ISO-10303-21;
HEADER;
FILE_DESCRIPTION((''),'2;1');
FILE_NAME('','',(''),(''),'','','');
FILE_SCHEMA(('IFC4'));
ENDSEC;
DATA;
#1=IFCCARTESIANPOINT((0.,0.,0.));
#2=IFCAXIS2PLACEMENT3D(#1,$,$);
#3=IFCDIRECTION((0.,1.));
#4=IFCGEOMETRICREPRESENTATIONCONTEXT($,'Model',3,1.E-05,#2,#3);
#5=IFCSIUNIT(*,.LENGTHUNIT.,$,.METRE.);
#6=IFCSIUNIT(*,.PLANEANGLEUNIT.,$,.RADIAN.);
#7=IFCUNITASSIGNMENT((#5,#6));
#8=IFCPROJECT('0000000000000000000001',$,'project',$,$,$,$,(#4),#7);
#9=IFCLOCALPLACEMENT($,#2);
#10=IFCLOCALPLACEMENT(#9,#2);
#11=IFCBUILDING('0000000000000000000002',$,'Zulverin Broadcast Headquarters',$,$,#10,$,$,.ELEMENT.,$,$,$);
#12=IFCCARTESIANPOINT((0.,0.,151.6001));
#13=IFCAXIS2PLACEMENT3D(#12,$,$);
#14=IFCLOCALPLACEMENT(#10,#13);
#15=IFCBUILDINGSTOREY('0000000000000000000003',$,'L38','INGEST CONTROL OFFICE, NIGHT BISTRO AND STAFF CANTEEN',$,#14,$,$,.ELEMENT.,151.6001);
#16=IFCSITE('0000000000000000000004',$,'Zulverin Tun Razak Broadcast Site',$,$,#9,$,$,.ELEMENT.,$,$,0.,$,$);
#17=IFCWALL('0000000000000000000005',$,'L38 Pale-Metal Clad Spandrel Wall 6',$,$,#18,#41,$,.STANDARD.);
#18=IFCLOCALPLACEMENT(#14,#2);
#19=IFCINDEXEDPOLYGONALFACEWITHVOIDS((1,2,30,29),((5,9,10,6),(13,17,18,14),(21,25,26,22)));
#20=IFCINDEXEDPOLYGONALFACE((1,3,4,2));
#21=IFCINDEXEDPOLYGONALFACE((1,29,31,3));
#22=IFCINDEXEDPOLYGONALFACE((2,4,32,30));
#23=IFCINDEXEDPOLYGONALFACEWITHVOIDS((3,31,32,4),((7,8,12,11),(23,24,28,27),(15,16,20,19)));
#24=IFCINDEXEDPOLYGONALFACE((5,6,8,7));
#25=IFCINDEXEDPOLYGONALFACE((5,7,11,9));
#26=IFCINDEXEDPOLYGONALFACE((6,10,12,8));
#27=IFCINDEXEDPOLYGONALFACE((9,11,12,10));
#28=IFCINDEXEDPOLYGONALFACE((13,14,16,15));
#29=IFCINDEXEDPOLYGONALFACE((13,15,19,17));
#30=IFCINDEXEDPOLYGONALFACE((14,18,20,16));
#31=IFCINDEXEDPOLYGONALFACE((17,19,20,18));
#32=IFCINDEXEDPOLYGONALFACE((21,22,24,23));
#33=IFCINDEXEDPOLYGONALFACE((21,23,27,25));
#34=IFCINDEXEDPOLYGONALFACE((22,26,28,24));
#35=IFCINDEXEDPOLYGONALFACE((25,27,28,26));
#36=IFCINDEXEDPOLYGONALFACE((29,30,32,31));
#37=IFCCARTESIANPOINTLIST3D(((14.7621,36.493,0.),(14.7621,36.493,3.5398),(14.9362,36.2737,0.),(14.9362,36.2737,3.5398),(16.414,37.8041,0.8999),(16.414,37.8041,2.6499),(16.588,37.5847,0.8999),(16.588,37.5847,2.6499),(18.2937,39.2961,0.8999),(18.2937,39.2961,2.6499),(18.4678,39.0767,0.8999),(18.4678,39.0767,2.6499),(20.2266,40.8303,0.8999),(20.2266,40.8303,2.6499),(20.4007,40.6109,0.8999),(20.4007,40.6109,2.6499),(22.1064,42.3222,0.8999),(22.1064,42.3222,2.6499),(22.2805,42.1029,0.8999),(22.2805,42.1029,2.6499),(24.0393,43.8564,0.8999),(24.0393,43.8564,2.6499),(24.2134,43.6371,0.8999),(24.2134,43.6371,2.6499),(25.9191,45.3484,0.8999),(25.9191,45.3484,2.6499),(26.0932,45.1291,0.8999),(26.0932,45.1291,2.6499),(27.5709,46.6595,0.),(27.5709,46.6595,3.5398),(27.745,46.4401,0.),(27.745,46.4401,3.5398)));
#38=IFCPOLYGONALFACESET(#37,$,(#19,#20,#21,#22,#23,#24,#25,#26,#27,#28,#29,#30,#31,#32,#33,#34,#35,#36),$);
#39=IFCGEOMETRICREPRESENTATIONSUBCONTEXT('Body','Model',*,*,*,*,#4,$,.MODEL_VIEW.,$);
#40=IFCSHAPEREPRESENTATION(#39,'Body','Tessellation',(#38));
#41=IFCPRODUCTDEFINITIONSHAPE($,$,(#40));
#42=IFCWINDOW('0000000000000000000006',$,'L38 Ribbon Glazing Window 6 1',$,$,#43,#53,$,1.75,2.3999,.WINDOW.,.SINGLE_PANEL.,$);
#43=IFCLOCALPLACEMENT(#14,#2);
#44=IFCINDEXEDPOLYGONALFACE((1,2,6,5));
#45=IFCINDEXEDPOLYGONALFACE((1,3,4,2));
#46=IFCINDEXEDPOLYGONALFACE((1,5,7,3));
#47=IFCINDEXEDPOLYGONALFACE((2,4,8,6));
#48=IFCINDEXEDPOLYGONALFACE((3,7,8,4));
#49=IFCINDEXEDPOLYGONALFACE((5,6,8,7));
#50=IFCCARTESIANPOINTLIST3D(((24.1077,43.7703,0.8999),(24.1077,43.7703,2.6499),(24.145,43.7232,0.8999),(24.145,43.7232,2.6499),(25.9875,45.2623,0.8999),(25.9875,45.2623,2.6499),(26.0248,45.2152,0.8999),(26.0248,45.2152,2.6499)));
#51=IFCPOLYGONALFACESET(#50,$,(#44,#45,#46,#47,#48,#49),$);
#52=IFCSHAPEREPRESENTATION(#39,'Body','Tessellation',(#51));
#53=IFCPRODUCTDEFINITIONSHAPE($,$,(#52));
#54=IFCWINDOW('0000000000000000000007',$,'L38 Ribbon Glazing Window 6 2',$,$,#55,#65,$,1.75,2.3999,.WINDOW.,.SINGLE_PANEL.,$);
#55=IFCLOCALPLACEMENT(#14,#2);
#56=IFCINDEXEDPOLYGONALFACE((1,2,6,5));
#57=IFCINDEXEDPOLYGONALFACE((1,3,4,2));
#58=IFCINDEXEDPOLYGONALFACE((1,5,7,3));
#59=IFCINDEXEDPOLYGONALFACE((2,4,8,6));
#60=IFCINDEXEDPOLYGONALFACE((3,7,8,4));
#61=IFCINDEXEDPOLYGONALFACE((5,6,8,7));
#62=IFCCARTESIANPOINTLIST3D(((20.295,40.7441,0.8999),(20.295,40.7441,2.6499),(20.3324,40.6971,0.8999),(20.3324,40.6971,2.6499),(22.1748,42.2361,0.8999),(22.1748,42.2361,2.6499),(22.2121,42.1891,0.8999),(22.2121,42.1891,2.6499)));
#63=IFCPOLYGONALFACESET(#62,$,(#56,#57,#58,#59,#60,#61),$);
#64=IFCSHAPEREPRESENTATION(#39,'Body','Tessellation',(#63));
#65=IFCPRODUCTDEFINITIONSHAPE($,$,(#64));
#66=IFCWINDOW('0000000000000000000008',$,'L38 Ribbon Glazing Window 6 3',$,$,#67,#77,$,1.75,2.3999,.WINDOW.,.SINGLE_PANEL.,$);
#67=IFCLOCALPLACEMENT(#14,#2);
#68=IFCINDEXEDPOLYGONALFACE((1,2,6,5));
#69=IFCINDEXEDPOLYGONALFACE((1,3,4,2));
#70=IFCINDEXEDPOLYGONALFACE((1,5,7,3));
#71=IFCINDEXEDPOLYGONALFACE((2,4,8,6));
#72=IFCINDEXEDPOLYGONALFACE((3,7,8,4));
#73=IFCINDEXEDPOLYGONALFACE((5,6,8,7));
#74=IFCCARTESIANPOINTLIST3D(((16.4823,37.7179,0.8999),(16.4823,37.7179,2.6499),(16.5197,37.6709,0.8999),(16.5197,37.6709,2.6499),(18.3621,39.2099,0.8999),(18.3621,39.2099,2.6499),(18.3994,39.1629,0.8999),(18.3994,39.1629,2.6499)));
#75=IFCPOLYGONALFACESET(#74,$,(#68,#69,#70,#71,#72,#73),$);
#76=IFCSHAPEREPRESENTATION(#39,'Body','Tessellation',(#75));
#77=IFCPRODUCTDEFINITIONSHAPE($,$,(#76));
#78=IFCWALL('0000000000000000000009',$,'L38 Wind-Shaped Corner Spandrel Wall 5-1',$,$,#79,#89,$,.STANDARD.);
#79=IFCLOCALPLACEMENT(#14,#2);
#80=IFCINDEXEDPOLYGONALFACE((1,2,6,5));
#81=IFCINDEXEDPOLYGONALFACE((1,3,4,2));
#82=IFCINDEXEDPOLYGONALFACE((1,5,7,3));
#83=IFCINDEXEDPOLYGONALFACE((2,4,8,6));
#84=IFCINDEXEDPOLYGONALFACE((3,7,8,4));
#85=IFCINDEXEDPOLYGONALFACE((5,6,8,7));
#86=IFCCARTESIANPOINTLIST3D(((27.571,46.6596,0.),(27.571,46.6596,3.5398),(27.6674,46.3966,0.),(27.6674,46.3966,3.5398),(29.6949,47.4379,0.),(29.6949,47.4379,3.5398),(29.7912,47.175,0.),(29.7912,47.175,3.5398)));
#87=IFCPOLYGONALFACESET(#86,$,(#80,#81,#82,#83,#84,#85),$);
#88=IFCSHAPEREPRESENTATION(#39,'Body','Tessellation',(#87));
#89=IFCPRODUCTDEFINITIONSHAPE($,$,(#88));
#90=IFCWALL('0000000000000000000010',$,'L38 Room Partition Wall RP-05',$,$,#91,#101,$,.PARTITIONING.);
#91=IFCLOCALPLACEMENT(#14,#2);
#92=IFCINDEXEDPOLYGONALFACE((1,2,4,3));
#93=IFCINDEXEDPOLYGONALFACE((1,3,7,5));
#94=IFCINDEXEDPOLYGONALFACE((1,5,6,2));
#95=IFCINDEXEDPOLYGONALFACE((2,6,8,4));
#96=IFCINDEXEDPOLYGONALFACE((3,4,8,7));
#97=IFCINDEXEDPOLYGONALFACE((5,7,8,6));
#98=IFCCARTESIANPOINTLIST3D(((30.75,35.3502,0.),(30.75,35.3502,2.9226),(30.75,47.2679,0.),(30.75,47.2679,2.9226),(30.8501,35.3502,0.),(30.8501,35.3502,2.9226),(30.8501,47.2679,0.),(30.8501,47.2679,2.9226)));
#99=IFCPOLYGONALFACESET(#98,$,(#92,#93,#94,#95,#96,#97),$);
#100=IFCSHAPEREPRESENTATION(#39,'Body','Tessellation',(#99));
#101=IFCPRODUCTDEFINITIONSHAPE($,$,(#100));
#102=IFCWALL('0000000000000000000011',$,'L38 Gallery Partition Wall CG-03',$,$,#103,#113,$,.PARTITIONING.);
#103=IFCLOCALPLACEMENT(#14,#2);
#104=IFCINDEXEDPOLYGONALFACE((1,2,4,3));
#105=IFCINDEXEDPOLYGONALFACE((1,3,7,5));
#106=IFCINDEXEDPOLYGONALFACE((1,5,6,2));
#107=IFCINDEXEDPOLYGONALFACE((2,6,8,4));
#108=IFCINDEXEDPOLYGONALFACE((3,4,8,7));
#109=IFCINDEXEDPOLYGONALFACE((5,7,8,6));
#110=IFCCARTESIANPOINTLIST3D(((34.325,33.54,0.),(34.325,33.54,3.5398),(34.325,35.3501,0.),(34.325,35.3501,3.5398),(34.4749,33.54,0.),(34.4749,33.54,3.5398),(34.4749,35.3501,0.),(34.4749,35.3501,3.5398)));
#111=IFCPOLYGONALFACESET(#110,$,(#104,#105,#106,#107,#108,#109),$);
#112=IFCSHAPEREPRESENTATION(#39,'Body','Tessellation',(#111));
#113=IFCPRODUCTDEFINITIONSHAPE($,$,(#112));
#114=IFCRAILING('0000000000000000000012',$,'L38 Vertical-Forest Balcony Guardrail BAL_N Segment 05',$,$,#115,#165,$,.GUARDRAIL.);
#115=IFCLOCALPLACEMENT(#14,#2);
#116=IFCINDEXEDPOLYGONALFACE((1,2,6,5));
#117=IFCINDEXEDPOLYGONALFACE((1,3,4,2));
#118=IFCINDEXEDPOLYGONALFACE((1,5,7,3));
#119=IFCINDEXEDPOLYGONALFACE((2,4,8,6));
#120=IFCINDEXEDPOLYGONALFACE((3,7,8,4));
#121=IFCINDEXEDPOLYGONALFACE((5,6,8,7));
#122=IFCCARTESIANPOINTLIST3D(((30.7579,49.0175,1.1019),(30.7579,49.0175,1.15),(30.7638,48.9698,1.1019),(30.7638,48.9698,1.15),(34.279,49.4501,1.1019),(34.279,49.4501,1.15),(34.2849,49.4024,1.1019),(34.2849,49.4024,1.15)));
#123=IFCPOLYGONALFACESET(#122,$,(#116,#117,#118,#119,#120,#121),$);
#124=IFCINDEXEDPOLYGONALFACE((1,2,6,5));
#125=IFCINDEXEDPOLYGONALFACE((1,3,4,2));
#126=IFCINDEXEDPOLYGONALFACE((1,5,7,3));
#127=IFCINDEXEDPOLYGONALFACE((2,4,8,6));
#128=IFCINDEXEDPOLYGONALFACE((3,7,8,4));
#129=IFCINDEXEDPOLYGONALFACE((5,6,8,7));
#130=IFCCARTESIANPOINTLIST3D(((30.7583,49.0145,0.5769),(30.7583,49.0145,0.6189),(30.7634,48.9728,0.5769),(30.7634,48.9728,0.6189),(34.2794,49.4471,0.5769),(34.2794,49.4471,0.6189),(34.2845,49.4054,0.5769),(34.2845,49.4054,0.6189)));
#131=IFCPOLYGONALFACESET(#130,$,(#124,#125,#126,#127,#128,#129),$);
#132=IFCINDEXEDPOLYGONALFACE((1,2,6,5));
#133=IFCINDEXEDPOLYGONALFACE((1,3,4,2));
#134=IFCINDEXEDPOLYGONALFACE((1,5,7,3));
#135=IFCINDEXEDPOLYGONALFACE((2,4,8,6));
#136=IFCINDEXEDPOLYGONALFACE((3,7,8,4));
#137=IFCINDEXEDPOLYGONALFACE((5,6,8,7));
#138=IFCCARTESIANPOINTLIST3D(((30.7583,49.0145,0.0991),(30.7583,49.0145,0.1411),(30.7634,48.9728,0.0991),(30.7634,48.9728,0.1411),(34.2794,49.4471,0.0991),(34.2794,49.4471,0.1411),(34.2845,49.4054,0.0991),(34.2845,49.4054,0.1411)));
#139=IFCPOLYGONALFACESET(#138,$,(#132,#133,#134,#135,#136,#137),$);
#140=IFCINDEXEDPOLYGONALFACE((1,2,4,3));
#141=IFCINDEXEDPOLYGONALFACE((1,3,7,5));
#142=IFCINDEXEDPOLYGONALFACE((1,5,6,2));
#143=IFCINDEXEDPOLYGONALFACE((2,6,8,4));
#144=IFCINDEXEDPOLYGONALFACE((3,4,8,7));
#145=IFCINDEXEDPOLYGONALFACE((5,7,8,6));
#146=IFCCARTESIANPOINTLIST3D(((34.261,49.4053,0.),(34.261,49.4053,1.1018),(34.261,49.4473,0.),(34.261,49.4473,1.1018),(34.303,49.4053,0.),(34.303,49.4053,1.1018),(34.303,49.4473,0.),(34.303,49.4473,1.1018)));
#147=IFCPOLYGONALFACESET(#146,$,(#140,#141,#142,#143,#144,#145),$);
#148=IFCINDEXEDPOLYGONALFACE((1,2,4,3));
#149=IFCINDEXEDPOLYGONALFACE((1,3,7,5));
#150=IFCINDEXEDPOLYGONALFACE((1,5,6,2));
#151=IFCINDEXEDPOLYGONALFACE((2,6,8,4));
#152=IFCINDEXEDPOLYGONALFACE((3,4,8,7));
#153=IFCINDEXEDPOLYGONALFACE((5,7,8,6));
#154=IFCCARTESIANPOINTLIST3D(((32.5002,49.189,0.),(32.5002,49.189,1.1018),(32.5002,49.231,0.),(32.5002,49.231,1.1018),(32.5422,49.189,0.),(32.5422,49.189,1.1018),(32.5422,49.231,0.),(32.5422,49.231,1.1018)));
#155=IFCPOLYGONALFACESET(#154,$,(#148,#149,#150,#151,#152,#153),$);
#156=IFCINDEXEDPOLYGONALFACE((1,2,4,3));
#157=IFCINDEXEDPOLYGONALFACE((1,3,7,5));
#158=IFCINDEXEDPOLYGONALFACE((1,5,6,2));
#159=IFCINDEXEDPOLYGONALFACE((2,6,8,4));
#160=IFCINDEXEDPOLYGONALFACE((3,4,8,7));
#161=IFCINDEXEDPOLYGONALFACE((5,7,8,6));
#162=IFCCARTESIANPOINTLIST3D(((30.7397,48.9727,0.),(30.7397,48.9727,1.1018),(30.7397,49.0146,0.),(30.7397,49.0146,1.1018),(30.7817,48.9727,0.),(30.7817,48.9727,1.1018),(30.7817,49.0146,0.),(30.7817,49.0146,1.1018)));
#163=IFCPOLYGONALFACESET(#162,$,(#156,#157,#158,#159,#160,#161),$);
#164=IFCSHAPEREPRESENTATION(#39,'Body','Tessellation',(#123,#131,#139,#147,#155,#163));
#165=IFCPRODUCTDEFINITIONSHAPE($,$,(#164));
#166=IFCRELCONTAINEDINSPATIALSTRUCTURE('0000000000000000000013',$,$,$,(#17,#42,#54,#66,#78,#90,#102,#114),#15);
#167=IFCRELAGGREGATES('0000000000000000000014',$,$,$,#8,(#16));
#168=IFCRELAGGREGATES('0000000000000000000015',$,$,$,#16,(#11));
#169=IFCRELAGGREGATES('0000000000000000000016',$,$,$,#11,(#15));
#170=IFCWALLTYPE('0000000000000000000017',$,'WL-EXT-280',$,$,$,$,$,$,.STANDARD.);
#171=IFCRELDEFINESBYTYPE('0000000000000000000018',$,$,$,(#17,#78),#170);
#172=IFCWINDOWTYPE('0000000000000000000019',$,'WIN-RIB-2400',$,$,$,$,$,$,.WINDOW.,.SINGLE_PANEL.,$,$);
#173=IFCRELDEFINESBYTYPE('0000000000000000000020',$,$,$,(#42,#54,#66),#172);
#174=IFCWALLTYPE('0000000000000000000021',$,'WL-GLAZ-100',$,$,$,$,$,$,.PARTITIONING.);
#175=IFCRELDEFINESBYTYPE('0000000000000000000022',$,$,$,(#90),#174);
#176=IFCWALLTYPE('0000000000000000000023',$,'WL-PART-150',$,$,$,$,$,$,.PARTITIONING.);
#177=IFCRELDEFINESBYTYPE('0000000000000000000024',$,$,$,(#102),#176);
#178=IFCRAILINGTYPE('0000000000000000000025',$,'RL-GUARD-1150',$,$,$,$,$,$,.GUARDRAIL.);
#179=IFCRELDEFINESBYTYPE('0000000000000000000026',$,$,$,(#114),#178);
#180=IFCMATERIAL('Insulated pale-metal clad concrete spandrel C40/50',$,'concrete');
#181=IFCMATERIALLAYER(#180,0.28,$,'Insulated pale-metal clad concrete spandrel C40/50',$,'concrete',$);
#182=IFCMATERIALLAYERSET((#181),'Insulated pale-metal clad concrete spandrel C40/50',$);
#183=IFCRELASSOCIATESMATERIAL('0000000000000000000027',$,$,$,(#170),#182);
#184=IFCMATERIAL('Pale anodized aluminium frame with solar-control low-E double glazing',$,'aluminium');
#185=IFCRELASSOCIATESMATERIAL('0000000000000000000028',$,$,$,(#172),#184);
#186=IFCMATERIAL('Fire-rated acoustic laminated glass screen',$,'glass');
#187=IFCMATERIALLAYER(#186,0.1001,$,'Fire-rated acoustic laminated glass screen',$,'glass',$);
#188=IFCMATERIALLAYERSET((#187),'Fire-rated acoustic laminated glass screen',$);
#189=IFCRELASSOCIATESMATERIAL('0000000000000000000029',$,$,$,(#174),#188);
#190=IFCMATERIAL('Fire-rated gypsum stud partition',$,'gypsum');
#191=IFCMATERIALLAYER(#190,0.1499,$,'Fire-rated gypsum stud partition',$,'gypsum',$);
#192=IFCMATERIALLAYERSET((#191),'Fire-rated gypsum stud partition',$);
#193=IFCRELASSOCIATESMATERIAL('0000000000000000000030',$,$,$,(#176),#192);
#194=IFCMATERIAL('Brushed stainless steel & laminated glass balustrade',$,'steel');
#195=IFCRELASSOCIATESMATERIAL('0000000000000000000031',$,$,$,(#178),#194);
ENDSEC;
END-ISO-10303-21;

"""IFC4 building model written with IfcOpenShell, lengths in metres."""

from ifc_helpers import new_model, si_unit, direction, frame, frame_2d, origin, origin_2d, place, context, subcontext, project, spatial, rectangle, extrude, material, layer, layer_set, type_object, element, fill, save


model = new_model("IFC4")

# Units and contexts
model_context = context("Model", 3, precision=1e-05, world=origin(), true_north=direction((0.0, 1.0)))
body_context = subcontext(model_context, "Body", "Model", "MODEL_VIEW")
ifc_project = project(units=[si_unit("LENGTHUNIT", "METRE"), si_unit("PLANEANGLEUNIT", "RADIAN")], contexts=[model_context])

# Site, building, storey
site_placement = place(None, origin())
site = spatial("IfcSite", under=ifc_project, at=site_placement, Name="Zulverin Tun Razak Broadcast Site", CompositionType="ELEMENT", RefElevation=0.0)
building_placement = place(site_placement, origin())
building = spatial("IfcBuilding", under=site, at=building_placement, Name="Zulverin Broadcast Headquarters", CompositionType="ELEMENT")
storey_placement = place(building_placement, frame((0.0, 0.0, 151.6001)))
storey = spatial("IfcBuildingStorey", under=building, at=storey_placement, Name="L38", Description="INGEST CONTROL OFFICE, NIGHT BISTRO AND STAFF CANTEEN", CompositionType="ELEMENT", Elevation=151.6001)

# Wall, openings, windows
ifc_material_1 = material(Name="Insulated pale-metal clad concrete spandrel C40/50", Category="concrete")
ifc_layer_1 = layer(ifc_material_1, 0.28, Name="Insulated pale-metal clad concrete spandrel C40/50", Category="concrete")
ifc_layer_set_1 = layer_set([ifc_layer_1], Name="Insulated pale-metal clad concrete spandrel C40/50")
wall_type_1 = type_object("IfcWallType", Name="WL-EXT-280", PredefinedType="STANDARD", material=ifc_layer_set_1)
wall_1_placement = place(storey_placement, frame((27.658, 46.5498, 0.0), z_axis=(0.0, 0.0, 1.0), x_axis=(-0.783266, -0.621686, 0.0)))
wall_1 = element("IfcWall", 1, at=wall_1_placement, inside=storey, type_object=wall_type_1, Name="L38 Pale-Metal Clad Spandrel Wall 6", PredefinedType="STANDARD", context=body_context, shape_type="SweptSolid", body=[
    extrude(rectangle(XDim=16.353, YDim=0.28, at=frame_2d((8.1765, 0.0))), origin(), (0.0, 0.0, 1.0), 3.5398),
])
opening_1_placement = place(wall_1_placement, frame((2.1089, 0.0, 0.8999)))
opening_1 = element("IfcOpeningElement", 2, at=opening_1_placement, cuts=wall_1, PredefinedType="OPENING", context=body_context, shape_type="SweptSolid", body=[
    extrude(rectangle(XDim=2.3999, YDim=1.75, at=frame_2d((1.2, 0.875))), frame((0.0, 0.1499, 0.0), z_axis=(0.0, -1.0, 0.0), x_axis=(1.0, 0.0, 0.0)), (0.0, 0.0, 1.0), 0.3),
])
opening_2_placement = place(wall_1_placement, frame((6.9766, 0.0, 0.8999)))
opening_2 = element("IfcOpeningElement", 3, at=opening_2_placement, cuts=wall_1, PredefinedType="OPENING", context=body_context, shape_type="SweptSolid", body=[
    extrude(rectangle(XDim=2.3999, YDim=1.75, at=frame_2d((1.2, 0.875))), frame((0.0, 0.1499, 0.0), z_axis=(0.0, -1.0, 0.0), x_axis=(1.0, 0.0, 0.0)), (0.0, 0.0, 1.0), 0.3),
])
opening_3_placement = place(wall_1_placement, frame((11.8442, 0.0, 0.8999)))
opening_3 = element("IfcOpeningElement", 4, at=opening_3_placement, cuts=wall_1, PredefinedType="OPENING", context=body_context, shape_type="SweptSolid", body=[
    extrude(rectangle(XDim=2.3999, YDim=1.75, at=frame_2d((1.2, 0.875))), frame((0.0, 0.1499, 0.0), z_axis=(0.0, -1.0, 0.0), x_axis=(1.0, 0.0, 0.0)), (0.0, 0.0, 1.0), 0.3),
])
ifc_material_2 = material(Name="Pale anodized aluminium frame with solar-control low-E double glazing", Category="aluminium")
window_type = type_object("IfcWindowType", Name="WIN-RIB-2400", PartitioningType="SINGLE_PANEL", PredefinedType="WINDOW", material=ifc_material_2)
window_1_placement = place(opening_1_placement, origin())
window_1 = element("IfcWindow", 5, at=window_1_placement, inside=storey, type_object=window_type, Name="L38 Ribbon Glazing Window 6 1", OverallHeight=1.75, OverallWidth=2.3999, PartitioningType="SINGLE_PANEL", PredefinedType="WINDOW", context=body_context, shape_type="SweptSolid", body=[
    extrude(rectangle(XDim=2.3999, YDim=1.75, at=frame_2d((1.2, 0.875))), frame((0.0, 0.03, 0.0), z_axis=(0.0, -1.0, 0.0), x_axis=(1.0, 0.0, 0.0)), (0.0, 0.0, 1.0), 0.0601),
])
fill(opening_1, window_1)
window_2_placement = place(opening_2_placement, origin())
window_2 = element("IfcWindow", 6, at=window_2_placement, inside=storey, type_object=window_type, Name="L38 Ribbon Glazing Window 6 2", OverallHeight=1.75, OverallWidth=2.3999, PartitioningType="SINGLE_PANEL", PredefinedType="WINDOW", context=body_context, shape_type="SweptSolid", body=[
    extrude(rectangle(XDim=2.3999, YDim=1.75, at=frame_2d((1.2, 0.875))), frame((0.0, 0.03, 0.0), z_axis=(0.0, -1.0, 0.0), x_axis=(1.0, 0.0, 0.0)), (0.0, 0.0, 1.0), 0.0601),
])
fill(opening_2, window_2)
window_3_placement = place(opening_3_placement, origin())
window_3 = element("IfcWindow", 7, at=window_3_placement, inside=storey, type_object=window_type, Name="L38 Ribbon Glazing Window 6 3", OverallHeight=1.75, OverallWidth=2.3999, PartitioningType="SINGLE_PANEL", PredefinedType="WINDOW", context=body_context, shape_type="SweptSolid", body=[
    extrude(rectangle(XDim=2.3999, YDim=1.75, at=frame_2d((1.2, 0.875))), frame((0.0, 0.03, 0.0), z_axis=(0.0, -1.0, 0.0), x_axis=(1.0, 0.0, 0.0)), (0.0, 0.0, 1.0), 0.0601),
])
fill(opening_3, window_3)

# Walls
wall_2_placement = place(storey_placement, frame((29.7429, 47.3064, 0.0), z_axis=(0.0, 0.0, 1.0), x_axis=(-0.938933, -0.344099, 0.0)))
element("IfcWall", 8, at=wall_2_placement, inside=storey, type_object=wall_type_1, Name="L38 Wind-Shaped Corner Spandrel Wall 5-1", PredefinedType="STANDARD", context=body_context, shape_type="SweptSolid", body=[
    extrude(rectangle(XDim=2.262, YDim=0.28, at=frame_2d((1.1309, 0.0))), origin(), (0.0, 0.0, 1.0), 3.5398),
])
ifc_material_3 = material(Name="Fire-rated acoustic laminated glass screen", Category="glass")
ifc_layer_2 = layer(ifc_material_3, 0.1001, Name="Fire-rated acoustic laminated glass screen", Category="glass")
ifc_layer_set_2 = layer_set([ifc_layer_2], Name="Fire-rated acoustic laminated glass screen")
wall_type_2 = type_object("IfcWallType", Name="WL-GLAZ-100", PredefinedType="PARTITIONING", material=ifc_layer_set_2)
wall_3_placement = place(storey_placement, frame((30.8, 35.3501, 0.0), z_axis=(0.0, 0.0, 1.0), x_axis=(0.0, 1.0, 0.0)))
element("IfcWall", 9, at=wall_3_placement, inside=storey, type_object=wall_type_2, Name="L38 Room Partition Wall RP-05", PredefinedType="PARTITIONING", context=body_context, shape_type="SweptSolid", body=[
    extrude(rectangle(XDim=11.9177, YDim=0.1001, at=frame_2d((5.959, 0.0))), origin(), (0.0, 0.0, 1.0), 2.9226),
])
ifc_material_4 = material(Name="Fire-rated gypsum stud partition", Category="gypsum")
ifc_layer_3 = layer(ifc_material_4, 0.1499, Name="Fire-rated gypsum stud partition", Category="gypsum")
ifc_layer_set_3 = layer_set([ifc_layer_3], Name="Fire-rated gypsum stud partition")
wall_type_3 = type_object("IfcWallType", Name="WL-PART-150", PredefinedType="PARTITIONING", material=ifc_layer_set_3)
wall_4_placement = place(storey_placement, frame((34.3999, 33.54, 0.0), z_axis=(0.0, 0.0, 1.0), x_axis=(0.0, 1.0, 0.0)))
element("IfcWall", 10, at=wall_4_placement, inside=storey, type_object=wall_type_3, Name="L38 Gallery Partition Wall CG-03", PredefinedType="PARTITIONING", context=body_context, shape_type="SweptSolid", body=[
    extrude(rectangle(XDim=1.8101, YDim=0.1499, at=frame_2d((0.905, 0.0))), origin(), (0.0, 0.0, 1.0), 3.5398),
])

# Railing
ifc_material_5 = material(Name="Brushed stainless steel & laminated glass balustrade", Category="steel")
railing_type = type_object("IfcRailingType", Name="RL-GUARD-1150", PredefinedType="GUARDRAIL", material=ifc_material_5)
railing_1_placement = place(storey_placement, frame((34.282, 49.4263, 0.0)))
element("IfcRailing", 11, at=railing_1_placement, inside=storey, type_object=railing_type, Name="L38 Vertical-Forest Balcony Guardrail BAL_N Segment 05", PredefinedType="GUARDRAIL", context=body_context, shape_type="SweptSolid", body=[
    extrude(rectangle(XDim=0.0481, YDim=0.0481, at=origin_2d()), frame((0.0, 0.0, 1.126), z_axis=(-0.992537, -0.121942, 0.0), x_axis=(0.121942, -0.992537, 0.0)), (0.0, 0.0, 1.0), 3.5476),
    extrude(rectangle(XDim=0.042, YDim=0.042, at=origin_2d()), frame((0.0, 0.0, 0.5979), z_axis=(-0.992537, -0.121942, 0.0), x_axis=(0.121942, -0.992537, 0.0)), (0.0, 0.0, 1.0), 3.5476),
    extrude(rectangle(XDim=0.042, YDim=0.042, at=origin_2d()), frame((0.0, 0.0, 0.1201), z_axis=(-0.992537, -0.121942, 0.0), x_axis=(0.121942, -0.992537, 0.0)), (0.0, 0.0, 1.0), 3.5476),
    extrude(rectangle(XDim=0.042, YDim=0.042, at=origin_2d()), origin(), (0.0, 0.0, 1.0), 1.1018),
    extrude(rectangle(XDim=0.042, YDim=0.042, at=origin_2d()), frame((-1.7607, -0.2163, 0.0)), (0.0, 0.0, 1.0), 1.1018),
    extrude(rectangle(XDim=0.042, YDim=0.042, at=origin_2d()), frame((-3.5212, -0.4326, 0.0)), (0.0, 0.0, 1.0), 1.1018),
])

save(model, "model.ifc")
